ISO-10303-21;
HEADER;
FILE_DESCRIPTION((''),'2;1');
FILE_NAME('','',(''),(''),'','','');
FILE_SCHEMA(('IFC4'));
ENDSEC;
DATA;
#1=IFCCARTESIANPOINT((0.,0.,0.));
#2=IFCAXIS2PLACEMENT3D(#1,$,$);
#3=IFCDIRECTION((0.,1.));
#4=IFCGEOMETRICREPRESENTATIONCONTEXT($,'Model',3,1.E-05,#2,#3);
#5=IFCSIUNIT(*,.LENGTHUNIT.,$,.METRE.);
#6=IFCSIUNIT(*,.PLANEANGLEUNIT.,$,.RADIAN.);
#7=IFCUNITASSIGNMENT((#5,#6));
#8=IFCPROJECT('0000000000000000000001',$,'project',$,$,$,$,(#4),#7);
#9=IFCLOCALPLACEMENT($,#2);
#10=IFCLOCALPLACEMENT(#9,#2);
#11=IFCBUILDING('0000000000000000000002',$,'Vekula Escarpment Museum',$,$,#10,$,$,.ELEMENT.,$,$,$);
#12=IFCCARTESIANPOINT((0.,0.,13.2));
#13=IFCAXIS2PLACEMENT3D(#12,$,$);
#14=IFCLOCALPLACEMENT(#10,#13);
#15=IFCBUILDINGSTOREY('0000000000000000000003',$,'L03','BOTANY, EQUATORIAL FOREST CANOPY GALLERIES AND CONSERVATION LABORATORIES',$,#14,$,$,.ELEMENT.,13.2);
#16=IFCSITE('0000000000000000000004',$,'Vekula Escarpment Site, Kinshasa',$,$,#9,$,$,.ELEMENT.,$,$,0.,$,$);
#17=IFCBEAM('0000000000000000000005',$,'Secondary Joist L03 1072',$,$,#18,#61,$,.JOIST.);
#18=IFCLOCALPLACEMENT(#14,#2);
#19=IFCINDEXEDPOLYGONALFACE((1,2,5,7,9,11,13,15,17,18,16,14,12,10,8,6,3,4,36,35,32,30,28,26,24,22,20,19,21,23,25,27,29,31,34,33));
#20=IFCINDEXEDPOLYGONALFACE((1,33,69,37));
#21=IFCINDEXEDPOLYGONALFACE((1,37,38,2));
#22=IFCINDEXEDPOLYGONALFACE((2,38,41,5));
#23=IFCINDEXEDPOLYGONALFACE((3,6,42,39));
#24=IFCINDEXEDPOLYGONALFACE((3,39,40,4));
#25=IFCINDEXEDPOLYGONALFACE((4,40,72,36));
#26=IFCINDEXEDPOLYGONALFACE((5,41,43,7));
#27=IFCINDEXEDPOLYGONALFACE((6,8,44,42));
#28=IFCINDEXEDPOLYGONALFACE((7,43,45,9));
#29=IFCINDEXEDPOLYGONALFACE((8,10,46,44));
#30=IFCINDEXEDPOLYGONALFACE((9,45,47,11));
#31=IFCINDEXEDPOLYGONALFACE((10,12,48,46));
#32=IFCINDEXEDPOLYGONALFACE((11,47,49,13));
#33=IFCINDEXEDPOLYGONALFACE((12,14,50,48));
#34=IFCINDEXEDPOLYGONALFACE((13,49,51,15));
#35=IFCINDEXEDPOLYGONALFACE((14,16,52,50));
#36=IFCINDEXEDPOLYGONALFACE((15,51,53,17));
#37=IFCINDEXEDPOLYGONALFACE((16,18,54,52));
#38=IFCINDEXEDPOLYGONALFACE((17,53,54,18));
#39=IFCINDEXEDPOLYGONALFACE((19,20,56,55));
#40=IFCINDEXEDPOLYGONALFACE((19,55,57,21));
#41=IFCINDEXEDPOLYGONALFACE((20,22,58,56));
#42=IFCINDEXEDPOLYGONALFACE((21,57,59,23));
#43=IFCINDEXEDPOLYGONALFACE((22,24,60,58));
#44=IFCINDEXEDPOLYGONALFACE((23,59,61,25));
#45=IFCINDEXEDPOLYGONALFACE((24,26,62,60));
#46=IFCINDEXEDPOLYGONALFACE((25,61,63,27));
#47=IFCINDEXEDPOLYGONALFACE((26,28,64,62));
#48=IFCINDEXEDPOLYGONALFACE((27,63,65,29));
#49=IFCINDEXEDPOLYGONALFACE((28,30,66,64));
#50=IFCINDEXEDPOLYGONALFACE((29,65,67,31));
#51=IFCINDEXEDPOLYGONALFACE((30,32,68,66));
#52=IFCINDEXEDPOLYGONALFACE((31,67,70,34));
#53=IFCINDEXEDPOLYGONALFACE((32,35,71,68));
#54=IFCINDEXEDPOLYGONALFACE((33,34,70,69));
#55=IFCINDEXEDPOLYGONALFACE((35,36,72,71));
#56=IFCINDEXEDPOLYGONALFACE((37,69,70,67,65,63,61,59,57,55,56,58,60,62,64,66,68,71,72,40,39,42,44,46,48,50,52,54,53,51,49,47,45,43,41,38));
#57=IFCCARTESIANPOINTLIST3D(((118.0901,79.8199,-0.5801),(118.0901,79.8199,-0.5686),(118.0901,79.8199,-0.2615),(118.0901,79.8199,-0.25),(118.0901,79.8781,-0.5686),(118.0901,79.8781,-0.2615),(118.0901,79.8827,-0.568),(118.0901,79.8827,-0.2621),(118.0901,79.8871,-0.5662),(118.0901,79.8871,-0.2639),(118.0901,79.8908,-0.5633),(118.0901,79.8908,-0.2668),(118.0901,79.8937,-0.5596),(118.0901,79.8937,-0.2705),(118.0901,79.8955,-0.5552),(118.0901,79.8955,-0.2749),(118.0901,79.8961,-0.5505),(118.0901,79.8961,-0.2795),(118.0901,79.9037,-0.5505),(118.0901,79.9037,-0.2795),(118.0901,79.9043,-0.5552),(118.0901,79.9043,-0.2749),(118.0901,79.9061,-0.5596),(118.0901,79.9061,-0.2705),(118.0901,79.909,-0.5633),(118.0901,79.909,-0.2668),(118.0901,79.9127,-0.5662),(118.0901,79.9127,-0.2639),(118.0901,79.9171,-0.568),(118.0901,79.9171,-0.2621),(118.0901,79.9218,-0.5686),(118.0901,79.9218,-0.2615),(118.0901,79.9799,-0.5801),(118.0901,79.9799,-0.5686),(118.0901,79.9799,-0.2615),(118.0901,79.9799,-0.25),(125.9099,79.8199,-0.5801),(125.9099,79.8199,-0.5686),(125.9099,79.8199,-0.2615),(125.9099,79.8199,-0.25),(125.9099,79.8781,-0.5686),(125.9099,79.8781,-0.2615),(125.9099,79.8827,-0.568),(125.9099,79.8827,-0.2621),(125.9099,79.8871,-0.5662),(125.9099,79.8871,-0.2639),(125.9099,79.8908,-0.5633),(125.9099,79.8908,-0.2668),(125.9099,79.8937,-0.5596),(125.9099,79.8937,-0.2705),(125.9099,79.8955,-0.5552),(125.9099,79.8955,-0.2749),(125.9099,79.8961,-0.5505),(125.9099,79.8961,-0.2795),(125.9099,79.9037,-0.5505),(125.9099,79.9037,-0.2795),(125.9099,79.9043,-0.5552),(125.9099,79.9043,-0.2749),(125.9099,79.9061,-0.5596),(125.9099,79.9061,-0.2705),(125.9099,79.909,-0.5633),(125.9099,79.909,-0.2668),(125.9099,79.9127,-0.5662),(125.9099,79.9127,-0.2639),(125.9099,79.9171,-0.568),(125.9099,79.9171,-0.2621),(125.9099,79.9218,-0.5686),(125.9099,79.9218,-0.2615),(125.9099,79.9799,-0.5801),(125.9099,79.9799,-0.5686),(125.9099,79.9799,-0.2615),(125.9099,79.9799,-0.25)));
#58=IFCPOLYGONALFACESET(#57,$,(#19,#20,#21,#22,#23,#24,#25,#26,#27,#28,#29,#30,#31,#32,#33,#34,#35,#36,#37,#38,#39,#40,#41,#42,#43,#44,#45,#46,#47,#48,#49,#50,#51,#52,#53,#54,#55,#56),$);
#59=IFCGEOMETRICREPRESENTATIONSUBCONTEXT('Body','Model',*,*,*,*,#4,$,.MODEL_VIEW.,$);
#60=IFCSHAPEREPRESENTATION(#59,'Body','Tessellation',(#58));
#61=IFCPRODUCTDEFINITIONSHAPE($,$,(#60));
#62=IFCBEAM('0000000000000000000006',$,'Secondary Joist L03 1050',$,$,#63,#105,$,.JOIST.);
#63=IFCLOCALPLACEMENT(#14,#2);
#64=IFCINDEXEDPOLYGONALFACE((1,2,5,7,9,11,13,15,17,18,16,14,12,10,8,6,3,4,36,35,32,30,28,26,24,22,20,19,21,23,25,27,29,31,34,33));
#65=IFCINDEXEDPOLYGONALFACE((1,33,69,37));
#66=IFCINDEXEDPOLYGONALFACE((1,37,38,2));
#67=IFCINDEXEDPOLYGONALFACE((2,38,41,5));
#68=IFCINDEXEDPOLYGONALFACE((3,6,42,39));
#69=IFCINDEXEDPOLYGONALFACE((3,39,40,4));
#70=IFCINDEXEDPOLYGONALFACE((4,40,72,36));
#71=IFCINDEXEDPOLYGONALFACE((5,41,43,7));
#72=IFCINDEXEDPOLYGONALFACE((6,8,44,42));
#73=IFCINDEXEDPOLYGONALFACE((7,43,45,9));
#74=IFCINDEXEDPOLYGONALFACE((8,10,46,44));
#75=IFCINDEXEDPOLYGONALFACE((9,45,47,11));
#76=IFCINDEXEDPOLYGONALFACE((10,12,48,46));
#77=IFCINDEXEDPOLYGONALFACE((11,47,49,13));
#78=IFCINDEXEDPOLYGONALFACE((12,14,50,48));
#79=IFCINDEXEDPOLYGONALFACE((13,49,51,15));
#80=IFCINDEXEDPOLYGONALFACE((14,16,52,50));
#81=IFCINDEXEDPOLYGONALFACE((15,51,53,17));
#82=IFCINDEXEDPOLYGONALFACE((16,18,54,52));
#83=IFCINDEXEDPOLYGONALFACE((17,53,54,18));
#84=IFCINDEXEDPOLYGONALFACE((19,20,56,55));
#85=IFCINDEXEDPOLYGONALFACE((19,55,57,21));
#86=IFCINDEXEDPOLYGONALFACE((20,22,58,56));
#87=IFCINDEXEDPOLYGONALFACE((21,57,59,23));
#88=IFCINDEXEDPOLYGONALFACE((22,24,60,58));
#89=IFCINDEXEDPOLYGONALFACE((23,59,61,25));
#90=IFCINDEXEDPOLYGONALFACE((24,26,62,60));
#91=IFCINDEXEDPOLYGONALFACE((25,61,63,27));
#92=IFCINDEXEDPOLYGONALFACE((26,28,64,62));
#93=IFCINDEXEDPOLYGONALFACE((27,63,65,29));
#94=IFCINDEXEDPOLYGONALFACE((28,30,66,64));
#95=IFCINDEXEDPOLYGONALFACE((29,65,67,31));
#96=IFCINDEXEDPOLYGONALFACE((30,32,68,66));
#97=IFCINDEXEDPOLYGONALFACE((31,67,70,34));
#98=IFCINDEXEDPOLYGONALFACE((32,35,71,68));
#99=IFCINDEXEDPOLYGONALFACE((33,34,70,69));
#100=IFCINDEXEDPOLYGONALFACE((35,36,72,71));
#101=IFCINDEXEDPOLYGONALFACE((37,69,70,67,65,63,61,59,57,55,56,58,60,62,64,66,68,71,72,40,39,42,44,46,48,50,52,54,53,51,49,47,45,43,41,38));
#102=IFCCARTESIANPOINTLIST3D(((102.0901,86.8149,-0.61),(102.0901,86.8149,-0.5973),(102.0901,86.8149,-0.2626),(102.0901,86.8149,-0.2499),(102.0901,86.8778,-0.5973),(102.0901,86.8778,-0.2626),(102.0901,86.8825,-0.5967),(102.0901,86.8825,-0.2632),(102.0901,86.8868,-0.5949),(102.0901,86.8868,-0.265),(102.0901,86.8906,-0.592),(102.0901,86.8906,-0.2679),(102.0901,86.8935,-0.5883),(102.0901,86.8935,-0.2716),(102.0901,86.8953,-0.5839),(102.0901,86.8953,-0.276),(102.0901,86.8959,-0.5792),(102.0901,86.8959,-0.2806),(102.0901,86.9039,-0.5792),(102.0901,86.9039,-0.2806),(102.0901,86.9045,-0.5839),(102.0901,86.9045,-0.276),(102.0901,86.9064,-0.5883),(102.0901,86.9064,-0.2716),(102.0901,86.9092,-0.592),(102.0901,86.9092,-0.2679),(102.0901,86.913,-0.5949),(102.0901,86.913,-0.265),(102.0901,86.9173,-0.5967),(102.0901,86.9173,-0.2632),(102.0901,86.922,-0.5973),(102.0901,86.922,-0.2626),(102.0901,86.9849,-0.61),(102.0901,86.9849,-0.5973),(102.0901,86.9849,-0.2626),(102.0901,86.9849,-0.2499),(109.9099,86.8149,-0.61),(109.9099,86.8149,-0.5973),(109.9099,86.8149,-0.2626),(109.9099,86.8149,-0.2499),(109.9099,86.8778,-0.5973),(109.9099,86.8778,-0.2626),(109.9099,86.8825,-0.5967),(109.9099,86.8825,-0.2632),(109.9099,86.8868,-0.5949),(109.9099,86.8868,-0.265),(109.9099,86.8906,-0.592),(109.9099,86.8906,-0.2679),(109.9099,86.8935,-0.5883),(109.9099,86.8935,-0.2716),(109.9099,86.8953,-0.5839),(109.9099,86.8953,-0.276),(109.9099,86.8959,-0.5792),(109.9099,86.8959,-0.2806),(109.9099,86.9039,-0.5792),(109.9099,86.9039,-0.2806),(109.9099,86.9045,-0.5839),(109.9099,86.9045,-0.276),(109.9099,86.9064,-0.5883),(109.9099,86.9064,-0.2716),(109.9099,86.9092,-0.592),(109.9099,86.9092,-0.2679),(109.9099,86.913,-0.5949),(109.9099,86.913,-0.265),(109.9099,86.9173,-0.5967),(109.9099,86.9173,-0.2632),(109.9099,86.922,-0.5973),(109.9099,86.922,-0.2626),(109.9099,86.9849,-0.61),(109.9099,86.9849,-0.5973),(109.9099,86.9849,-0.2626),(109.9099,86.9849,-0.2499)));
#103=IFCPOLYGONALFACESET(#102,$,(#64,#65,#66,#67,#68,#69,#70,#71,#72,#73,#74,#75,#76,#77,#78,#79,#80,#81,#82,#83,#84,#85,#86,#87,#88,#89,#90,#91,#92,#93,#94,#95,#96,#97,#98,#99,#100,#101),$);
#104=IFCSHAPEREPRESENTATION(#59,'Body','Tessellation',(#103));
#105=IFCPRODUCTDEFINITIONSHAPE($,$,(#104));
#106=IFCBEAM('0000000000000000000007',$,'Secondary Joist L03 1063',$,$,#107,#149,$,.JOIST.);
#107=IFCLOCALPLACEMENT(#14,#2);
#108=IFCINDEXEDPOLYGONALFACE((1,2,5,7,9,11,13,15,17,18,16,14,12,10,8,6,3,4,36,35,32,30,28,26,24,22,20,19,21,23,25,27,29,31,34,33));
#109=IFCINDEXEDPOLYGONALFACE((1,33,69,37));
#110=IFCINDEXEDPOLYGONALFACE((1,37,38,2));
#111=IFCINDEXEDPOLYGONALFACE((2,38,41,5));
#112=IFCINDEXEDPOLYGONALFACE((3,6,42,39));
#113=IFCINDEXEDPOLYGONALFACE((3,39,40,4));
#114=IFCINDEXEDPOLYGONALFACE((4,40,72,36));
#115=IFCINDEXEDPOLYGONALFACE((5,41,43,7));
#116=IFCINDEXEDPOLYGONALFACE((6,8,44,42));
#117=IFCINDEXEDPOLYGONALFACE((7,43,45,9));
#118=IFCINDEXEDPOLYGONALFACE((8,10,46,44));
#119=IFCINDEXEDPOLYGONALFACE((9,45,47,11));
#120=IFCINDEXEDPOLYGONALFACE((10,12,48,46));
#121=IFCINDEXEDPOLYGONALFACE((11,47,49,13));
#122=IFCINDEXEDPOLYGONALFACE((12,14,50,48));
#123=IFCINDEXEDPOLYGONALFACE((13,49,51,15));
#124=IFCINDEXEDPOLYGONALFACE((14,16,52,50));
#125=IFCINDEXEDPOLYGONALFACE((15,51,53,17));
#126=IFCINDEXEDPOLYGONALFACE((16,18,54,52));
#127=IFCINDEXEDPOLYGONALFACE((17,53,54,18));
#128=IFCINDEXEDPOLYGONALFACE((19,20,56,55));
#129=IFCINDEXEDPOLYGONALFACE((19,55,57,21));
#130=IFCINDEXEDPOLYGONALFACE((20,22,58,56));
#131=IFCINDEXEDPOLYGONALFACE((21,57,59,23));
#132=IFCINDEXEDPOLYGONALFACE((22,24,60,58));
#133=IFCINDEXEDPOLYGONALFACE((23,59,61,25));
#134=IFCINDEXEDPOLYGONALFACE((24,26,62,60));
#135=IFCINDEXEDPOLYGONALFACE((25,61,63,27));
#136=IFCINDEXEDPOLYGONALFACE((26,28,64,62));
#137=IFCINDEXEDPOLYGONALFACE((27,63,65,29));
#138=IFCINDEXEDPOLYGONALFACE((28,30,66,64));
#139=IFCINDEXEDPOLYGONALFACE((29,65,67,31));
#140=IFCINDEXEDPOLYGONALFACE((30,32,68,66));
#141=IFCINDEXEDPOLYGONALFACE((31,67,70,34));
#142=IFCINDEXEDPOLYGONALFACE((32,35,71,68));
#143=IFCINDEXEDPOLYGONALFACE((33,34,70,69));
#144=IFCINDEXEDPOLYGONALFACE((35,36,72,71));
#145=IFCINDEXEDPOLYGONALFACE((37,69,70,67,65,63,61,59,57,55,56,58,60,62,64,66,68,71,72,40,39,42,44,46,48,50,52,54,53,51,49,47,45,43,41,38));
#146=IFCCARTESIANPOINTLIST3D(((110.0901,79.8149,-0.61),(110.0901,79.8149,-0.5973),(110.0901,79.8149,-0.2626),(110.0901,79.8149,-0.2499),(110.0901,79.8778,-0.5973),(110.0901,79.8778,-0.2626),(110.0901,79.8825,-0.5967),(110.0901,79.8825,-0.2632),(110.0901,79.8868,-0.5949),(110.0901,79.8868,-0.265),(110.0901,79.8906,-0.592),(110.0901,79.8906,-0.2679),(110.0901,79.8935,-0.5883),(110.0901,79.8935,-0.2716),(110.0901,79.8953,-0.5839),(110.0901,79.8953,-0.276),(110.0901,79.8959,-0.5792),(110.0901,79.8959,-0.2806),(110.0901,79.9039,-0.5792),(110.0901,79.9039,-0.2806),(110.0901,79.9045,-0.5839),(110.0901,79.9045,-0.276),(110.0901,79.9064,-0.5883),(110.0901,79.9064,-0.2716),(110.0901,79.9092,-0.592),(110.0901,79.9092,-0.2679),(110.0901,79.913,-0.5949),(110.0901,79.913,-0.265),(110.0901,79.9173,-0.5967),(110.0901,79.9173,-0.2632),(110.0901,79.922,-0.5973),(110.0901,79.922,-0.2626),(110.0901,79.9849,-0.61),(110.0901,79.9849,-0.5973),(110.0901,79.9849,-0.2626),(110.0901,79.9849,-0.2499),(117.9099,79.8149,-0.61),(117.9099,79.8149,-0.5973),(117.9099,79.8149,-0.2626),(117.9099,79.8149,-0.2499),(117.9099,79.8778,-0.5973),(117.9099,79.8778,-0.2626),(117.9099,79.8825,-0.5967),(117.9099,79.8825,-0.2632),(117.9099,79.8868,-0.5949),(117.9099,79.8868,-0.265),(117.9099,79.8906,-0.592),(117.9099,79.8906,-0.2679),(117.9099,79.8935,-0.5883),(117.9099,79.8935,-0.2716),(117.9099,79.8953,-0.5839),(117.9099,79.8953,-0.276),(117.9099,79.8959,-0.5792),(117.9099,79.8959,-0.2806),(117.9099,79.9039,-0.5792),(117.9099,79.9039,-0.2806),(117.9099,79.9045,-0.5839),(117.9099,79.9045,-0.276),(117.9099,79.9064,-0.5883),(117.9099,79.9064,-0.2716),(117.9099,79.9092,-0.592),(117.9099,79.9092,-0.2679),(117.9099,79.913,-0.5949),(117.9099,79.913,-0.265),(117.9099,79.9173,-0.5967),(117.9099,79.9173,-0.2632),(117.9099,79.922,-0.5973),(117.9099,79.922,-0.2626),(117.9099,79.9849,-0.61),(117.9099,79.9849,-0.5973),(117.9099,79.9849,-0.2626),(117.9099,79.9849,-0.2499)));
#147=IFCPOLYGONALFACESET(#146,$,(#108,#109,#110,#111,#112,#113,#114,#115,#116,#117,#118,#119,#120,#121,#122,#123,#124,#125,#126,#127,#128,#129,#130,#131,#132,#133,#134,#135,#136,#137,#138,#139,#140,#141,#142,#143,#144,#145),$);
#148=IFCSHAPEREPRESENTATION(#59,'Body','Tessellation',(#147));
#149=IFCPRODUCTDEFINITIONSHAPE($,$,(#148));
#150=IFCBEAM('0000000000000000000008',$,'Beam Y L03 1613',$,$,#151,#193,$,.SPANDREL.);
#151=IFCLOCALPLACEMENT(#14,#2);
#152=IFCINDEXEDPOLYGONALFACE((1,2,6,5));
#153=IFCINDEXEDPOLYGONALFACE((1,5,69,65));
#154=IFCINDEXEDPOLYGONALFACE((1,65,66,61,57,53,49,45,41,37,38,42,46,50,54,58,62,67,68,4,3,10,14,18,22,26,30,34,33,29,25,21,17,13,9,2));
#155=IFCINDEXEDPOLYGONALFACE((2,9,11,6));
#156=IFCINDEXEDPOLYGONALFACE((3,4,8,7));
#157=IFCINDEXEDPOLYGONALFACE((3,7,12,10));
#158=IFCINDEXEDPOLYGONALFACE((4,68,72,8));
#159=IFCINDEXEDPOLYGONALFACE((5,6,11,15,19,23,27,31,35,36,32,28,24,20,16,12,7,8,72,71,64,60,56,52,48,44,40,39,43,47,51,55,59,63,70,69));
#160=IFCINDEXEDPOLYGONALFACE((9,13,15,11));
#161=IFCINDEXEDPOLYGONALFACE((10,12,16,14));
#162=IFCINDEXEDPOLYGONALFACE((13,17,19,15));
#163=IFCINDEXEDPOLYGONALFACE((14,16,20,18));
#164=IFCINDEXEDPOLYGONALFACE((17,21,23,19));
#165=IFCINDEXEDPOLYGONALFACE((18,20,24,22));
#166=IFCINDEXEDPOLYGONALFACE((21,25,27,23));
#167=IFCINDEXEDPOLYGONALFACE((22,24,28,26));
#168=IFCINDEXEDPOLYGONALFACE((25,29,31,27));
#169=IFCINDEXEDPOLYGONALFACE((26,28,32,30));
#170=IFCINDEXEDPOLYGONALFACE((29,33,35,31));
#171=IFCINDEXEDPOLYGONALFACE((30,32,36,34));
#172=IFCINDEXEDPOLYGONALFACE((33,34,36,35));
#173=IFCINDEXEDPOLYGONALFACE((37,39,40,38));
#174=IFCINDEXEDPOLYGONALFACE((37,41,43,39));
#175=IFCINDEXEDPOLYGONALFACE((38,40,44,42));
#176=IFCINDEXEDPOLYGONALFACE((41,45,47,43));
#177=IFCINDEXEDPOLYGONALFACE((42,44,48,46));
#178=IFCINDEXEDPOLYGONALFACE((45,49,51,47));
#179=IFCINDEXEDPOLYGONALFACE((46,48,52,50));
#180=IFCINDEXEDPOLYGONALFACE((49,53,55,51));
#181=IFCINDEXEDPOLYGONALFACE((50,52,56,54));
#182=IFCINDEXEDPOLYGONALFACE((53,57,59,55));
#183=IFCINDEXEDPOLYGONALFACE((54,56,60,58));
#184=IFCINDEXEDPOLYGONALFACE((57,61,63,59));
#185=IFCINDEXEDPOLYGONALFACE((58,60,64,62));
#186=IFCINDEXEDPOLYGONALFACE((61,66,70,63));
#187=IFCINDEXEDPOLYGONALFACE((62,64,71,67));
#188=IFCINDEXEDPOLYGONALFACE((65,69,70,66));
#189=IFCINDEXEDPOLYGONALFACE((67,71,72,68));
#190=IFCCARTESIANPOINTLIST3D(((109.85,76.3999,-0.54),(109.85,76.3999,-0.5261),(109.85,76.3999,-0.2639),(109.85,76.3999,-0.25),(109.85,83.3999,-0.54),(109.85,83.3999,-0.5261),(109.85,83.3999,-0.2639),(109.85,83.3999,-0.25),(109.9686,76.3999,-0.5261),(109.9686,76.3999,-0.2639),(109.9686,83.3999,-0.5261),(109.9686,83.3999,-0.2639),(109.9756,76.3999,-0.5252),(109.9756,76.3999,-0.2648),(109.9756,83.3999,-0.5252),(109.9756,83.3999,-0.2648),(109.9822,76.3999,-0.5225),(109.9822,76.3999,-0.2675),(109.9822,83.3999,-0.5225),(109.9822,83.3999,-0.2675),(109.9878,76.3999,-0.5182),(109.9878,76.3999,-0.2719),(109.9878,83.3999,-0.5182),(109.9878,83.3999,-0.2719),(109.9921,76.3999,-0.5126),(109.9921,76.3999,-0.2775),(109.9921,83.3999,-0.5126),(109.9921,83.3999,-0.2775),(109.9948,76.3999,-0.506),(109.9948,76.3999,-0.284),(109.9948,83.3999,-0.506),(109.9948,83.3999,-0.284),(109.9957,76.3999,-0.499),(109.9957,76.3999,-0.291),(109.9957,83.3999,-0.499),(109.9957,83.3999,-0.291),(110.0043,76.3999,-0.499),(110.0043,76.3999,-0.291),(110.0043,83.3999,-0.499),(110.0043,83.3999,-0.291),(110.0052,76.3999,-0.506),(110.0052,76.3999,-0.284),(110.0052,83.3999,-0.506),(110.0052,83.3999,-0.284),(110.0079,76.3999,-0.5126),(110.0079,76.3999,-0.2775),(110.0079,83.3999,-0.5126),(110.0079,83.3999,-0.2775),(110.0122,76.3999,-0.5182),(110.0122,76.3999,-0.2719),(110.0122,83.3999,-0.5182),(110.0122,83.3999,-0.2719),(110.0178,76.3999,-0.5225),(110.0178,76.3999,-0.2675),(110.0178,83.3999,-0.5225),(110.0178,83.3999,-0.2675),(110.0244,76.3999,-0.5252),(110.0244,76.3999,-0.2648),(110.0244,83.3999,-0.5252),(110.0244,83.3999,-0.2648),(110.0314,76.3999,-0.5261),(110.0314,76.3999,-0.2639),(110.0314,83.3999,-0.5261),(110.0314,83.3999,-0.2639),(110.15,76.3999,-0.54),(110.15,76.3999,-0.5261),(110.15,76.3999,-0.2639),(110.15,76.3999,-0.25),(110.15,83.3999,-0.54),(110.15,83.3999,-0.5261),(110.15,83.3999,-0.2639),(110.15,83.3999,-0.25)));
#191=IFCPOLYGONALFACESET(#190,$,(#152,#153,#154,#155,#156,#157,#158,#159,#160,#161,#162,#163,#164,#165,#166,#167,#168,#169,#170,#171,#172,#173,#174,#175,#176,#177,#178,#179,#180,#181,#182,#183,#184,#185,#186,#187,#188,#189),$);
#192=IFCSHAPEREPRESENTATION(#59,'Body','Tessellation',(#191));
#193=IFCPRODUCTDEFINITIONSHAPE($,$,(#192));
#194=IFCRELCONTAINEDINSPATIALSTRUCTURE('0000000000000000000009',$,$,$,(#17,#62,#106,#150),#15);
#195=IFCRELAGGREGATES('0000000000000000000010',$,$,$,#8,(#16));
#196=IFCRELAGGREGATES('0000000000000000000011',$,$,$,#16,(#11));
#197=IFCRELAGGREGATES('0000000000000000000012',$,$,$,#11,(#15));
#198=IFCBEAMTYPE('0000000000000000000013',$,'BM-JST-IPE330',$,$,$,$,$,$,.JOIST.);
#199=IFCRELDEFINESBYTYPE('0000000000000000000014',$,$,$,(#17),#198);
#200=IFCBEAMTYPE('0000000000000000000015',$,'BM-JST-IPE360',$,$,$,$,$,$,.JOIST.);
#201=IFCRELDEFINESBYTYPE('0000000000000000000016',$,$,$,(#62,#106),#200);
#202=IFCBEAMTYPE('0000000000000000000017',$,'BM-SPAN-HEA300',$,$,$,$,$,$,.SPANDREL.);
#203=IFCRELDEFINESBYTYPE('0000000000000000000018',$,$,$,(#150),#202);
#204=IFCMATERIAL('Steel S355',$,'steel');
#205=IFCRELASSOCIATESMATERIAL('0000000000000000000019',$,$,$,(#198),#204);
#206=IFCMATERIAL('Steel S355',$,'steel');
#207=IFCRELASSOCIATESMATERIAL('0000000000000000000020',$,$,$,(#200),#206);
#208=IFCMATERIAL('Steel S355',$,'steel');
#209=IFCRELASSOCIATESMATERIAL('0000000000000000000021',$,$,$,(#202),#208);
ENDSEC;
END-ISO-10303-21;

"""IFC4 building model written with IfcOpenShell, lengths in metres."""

from ifc_helpers import new_model, si_unit, direction, frame, origin, origin_2d, place, context, subcontext, project, spatial, i_section, extrude, material, material_profile, profile_set, type_object, element, save


model = new_model("IFC4")

# Units and contexts
model_context = context("Model", 3, precision=1e-05, world=origin(), true_north=direction((0.0, 1.0)))
body_context = subcontext(model_context, "Body", "Model", "MODEL_VIEW")
ifc_project = project(units=[si_unit("LENGTHUNIT", "METRE"), si_unit("PLANEANGLEUNIT", "RADIAN")], contexts=[model_context])

# Site, building, storey
site_placement = place(None, origin())
site = spatial("IfcSite", under=ifc_project, at=site_placement, Name="Vekula Escarpment Site, Kinshasa", CompositionType="ELEMENT", RefElevation=0.0)
building_placement = place(site_placement, origin())
building = spatial("IfcBuilding", under=site, at=building_placement, Name="Vekula Escarpment Museum", CompositionType="ELEMENT")
storey_placement = place(building_placement, frame((0.0, 0.0, 13.2)))
storey = spatial("IfcBuildingStorey", under=building, at=storey_placement, Name="L03", Description="BOTANY, EQUATORIAL FOREST CANOPY GALLERIES AND CONSERVATION LABORATORIES", CompositionType="ELEMENT", Elevation=13.2)

# Beams
ifc_material_1 = material(Name="Steel S355", Category="steel")
ifc_material_profile_1 = material_profile(ifc_material_1, i_section(OverallWidth=0.1599, OverallDepth=0.3301, WebThickness=0.0076, FlangeThickness=0.0115, FilletRadius=0.0181, at=origin_2d()), Name="IPE 330")
ifc_profile_set_1 = profile_set([ifc_material_profile_1], Name="Steel S355")
beam_type_1 = type_object("IfcBeamType", Name="BM-JST-IPE330", PredefinedType="JOIST", material=ifc_profile_set_1)
for number, where, z_axis, x_axis, name in (
    (1, (118.0901, 79.8999, -0.415), (1.0, 0.0, 0.0), (0.0, 1.0, 0.0), "Secondary Joist L03 1072"),
):
    element("IfcBeam", number, at=place(storey_placement, frame(where, z_axis=z_axis, x_axis=x_axis)), inside=storey, type_object=beam_type_1, Name=name, PredefinedType="JOIST", context=body_context, shape_type="SweptSolid", body=[
        extrude(i_section(OverallWidth=0.1599, OverallDepth=0.3301, WebThickness=0.0076, FlangeThickness=0.0115, FilletRadius=0.0181, at=origin_2d()), origin(), (0.0, 0.0, 1.0), 7.8198),
    ])
ifc_material_2 = material(Name="Steel S355", Category="steel")
ifc_material_profile_2 = material_profile(ifc_material_2, i_section(OverallWidth=0.1699, OverallDepth=0.3601, WebThickness=0.0081, FlangeThickness=0.0127, FilletRadius=0.0181, at=origin_2d()), Name="IPE 360")
ifc_profile_set_2 = profile_set([ifc_material_profile_2], Name="Steel S355")
beam_type_2 = type_object("IfcBeamType", Name="BM-JST-IPE360", PredefinedType="JOIST", material=ifc_profile_set_2)
for number, where, z_axis, x_axis, name in (
    (2, (102.0901, 86.8999, -0.4299), (1.0, 0.0, 0.0), (0.0, 1.0, 0.0), "Secondary Joist L03 1050"),
    (3, (110.0901, 79.8999, -0.4299), (1.0, 0.0, 0.0), (0.0, 1.0, 0.0), "Secondary Joist L03 1063"),
):
    element("IfcBeam", number, at=place(storey_placement, frame(where, z_axis=z_axis, x_axis=x_axis)), inside=storey, type_object=beam_type_2, Name=name, PredefinedType="JOIST", context=body_context, shape_type="SweptSolid", body=[
        extrude(i_section(OverallWidth=0.1699, OverallDepth=0.3601, WebThickness=0.0081, FlangeThickness=0.0127, FilletRadius=0.0181, at=origin_2d()), origin(), (0.0, 0.0, 1.0), 7.8198),
    ])
ifc_material_3 = material(Name="Steel S355", Category="steel")
ifc_material_profile_3 = material_profile(ifc_material_3, i_section(OverallWidth=0.3, OverallDepth=0.29, WebThickness=0.0085, FlangeThickness=0.0139, FilletRadius=0.0271, at=origin_2d()), Name="HEA 300")
ifc_profile_set_3 = profile_set([ifc_material_profile_3], Name="Steel S355")
beam_type_3 = type_object("IfcBeamType", Name="BM-SPAN-HEA300", PredefinedType="SPANDREL", material=ifc_profile_set_3)
for number, where, z_axis, x_axis, name in (
    (4, (110.0, 76.3999, -0.395), (0.0, 1.0, 0.0), (-1.0, 0.0, 0.0), "Beam Y L03 1613"),
):
    element("IfcBeam", number, at=place(storey_placement, frame(where, z_axis=z_axis, x_axis=x_axis)), inside=storey, type_object=beam_type_3, Name=name, PredefinedType="SPANDREL", context=body_context, shape_type="SweptSolid", body=[
        extrude(i_section(OverallWidth=0.3, OverallDepth=0.29, WebThickness=0.0085, FlangeThickness=0.0139, FilletRadius=0.0271, at=origin_2d()), origin(), (0.0, 0.0, 1.0), 7.0),
    ])

save(model, "model.ifc")
